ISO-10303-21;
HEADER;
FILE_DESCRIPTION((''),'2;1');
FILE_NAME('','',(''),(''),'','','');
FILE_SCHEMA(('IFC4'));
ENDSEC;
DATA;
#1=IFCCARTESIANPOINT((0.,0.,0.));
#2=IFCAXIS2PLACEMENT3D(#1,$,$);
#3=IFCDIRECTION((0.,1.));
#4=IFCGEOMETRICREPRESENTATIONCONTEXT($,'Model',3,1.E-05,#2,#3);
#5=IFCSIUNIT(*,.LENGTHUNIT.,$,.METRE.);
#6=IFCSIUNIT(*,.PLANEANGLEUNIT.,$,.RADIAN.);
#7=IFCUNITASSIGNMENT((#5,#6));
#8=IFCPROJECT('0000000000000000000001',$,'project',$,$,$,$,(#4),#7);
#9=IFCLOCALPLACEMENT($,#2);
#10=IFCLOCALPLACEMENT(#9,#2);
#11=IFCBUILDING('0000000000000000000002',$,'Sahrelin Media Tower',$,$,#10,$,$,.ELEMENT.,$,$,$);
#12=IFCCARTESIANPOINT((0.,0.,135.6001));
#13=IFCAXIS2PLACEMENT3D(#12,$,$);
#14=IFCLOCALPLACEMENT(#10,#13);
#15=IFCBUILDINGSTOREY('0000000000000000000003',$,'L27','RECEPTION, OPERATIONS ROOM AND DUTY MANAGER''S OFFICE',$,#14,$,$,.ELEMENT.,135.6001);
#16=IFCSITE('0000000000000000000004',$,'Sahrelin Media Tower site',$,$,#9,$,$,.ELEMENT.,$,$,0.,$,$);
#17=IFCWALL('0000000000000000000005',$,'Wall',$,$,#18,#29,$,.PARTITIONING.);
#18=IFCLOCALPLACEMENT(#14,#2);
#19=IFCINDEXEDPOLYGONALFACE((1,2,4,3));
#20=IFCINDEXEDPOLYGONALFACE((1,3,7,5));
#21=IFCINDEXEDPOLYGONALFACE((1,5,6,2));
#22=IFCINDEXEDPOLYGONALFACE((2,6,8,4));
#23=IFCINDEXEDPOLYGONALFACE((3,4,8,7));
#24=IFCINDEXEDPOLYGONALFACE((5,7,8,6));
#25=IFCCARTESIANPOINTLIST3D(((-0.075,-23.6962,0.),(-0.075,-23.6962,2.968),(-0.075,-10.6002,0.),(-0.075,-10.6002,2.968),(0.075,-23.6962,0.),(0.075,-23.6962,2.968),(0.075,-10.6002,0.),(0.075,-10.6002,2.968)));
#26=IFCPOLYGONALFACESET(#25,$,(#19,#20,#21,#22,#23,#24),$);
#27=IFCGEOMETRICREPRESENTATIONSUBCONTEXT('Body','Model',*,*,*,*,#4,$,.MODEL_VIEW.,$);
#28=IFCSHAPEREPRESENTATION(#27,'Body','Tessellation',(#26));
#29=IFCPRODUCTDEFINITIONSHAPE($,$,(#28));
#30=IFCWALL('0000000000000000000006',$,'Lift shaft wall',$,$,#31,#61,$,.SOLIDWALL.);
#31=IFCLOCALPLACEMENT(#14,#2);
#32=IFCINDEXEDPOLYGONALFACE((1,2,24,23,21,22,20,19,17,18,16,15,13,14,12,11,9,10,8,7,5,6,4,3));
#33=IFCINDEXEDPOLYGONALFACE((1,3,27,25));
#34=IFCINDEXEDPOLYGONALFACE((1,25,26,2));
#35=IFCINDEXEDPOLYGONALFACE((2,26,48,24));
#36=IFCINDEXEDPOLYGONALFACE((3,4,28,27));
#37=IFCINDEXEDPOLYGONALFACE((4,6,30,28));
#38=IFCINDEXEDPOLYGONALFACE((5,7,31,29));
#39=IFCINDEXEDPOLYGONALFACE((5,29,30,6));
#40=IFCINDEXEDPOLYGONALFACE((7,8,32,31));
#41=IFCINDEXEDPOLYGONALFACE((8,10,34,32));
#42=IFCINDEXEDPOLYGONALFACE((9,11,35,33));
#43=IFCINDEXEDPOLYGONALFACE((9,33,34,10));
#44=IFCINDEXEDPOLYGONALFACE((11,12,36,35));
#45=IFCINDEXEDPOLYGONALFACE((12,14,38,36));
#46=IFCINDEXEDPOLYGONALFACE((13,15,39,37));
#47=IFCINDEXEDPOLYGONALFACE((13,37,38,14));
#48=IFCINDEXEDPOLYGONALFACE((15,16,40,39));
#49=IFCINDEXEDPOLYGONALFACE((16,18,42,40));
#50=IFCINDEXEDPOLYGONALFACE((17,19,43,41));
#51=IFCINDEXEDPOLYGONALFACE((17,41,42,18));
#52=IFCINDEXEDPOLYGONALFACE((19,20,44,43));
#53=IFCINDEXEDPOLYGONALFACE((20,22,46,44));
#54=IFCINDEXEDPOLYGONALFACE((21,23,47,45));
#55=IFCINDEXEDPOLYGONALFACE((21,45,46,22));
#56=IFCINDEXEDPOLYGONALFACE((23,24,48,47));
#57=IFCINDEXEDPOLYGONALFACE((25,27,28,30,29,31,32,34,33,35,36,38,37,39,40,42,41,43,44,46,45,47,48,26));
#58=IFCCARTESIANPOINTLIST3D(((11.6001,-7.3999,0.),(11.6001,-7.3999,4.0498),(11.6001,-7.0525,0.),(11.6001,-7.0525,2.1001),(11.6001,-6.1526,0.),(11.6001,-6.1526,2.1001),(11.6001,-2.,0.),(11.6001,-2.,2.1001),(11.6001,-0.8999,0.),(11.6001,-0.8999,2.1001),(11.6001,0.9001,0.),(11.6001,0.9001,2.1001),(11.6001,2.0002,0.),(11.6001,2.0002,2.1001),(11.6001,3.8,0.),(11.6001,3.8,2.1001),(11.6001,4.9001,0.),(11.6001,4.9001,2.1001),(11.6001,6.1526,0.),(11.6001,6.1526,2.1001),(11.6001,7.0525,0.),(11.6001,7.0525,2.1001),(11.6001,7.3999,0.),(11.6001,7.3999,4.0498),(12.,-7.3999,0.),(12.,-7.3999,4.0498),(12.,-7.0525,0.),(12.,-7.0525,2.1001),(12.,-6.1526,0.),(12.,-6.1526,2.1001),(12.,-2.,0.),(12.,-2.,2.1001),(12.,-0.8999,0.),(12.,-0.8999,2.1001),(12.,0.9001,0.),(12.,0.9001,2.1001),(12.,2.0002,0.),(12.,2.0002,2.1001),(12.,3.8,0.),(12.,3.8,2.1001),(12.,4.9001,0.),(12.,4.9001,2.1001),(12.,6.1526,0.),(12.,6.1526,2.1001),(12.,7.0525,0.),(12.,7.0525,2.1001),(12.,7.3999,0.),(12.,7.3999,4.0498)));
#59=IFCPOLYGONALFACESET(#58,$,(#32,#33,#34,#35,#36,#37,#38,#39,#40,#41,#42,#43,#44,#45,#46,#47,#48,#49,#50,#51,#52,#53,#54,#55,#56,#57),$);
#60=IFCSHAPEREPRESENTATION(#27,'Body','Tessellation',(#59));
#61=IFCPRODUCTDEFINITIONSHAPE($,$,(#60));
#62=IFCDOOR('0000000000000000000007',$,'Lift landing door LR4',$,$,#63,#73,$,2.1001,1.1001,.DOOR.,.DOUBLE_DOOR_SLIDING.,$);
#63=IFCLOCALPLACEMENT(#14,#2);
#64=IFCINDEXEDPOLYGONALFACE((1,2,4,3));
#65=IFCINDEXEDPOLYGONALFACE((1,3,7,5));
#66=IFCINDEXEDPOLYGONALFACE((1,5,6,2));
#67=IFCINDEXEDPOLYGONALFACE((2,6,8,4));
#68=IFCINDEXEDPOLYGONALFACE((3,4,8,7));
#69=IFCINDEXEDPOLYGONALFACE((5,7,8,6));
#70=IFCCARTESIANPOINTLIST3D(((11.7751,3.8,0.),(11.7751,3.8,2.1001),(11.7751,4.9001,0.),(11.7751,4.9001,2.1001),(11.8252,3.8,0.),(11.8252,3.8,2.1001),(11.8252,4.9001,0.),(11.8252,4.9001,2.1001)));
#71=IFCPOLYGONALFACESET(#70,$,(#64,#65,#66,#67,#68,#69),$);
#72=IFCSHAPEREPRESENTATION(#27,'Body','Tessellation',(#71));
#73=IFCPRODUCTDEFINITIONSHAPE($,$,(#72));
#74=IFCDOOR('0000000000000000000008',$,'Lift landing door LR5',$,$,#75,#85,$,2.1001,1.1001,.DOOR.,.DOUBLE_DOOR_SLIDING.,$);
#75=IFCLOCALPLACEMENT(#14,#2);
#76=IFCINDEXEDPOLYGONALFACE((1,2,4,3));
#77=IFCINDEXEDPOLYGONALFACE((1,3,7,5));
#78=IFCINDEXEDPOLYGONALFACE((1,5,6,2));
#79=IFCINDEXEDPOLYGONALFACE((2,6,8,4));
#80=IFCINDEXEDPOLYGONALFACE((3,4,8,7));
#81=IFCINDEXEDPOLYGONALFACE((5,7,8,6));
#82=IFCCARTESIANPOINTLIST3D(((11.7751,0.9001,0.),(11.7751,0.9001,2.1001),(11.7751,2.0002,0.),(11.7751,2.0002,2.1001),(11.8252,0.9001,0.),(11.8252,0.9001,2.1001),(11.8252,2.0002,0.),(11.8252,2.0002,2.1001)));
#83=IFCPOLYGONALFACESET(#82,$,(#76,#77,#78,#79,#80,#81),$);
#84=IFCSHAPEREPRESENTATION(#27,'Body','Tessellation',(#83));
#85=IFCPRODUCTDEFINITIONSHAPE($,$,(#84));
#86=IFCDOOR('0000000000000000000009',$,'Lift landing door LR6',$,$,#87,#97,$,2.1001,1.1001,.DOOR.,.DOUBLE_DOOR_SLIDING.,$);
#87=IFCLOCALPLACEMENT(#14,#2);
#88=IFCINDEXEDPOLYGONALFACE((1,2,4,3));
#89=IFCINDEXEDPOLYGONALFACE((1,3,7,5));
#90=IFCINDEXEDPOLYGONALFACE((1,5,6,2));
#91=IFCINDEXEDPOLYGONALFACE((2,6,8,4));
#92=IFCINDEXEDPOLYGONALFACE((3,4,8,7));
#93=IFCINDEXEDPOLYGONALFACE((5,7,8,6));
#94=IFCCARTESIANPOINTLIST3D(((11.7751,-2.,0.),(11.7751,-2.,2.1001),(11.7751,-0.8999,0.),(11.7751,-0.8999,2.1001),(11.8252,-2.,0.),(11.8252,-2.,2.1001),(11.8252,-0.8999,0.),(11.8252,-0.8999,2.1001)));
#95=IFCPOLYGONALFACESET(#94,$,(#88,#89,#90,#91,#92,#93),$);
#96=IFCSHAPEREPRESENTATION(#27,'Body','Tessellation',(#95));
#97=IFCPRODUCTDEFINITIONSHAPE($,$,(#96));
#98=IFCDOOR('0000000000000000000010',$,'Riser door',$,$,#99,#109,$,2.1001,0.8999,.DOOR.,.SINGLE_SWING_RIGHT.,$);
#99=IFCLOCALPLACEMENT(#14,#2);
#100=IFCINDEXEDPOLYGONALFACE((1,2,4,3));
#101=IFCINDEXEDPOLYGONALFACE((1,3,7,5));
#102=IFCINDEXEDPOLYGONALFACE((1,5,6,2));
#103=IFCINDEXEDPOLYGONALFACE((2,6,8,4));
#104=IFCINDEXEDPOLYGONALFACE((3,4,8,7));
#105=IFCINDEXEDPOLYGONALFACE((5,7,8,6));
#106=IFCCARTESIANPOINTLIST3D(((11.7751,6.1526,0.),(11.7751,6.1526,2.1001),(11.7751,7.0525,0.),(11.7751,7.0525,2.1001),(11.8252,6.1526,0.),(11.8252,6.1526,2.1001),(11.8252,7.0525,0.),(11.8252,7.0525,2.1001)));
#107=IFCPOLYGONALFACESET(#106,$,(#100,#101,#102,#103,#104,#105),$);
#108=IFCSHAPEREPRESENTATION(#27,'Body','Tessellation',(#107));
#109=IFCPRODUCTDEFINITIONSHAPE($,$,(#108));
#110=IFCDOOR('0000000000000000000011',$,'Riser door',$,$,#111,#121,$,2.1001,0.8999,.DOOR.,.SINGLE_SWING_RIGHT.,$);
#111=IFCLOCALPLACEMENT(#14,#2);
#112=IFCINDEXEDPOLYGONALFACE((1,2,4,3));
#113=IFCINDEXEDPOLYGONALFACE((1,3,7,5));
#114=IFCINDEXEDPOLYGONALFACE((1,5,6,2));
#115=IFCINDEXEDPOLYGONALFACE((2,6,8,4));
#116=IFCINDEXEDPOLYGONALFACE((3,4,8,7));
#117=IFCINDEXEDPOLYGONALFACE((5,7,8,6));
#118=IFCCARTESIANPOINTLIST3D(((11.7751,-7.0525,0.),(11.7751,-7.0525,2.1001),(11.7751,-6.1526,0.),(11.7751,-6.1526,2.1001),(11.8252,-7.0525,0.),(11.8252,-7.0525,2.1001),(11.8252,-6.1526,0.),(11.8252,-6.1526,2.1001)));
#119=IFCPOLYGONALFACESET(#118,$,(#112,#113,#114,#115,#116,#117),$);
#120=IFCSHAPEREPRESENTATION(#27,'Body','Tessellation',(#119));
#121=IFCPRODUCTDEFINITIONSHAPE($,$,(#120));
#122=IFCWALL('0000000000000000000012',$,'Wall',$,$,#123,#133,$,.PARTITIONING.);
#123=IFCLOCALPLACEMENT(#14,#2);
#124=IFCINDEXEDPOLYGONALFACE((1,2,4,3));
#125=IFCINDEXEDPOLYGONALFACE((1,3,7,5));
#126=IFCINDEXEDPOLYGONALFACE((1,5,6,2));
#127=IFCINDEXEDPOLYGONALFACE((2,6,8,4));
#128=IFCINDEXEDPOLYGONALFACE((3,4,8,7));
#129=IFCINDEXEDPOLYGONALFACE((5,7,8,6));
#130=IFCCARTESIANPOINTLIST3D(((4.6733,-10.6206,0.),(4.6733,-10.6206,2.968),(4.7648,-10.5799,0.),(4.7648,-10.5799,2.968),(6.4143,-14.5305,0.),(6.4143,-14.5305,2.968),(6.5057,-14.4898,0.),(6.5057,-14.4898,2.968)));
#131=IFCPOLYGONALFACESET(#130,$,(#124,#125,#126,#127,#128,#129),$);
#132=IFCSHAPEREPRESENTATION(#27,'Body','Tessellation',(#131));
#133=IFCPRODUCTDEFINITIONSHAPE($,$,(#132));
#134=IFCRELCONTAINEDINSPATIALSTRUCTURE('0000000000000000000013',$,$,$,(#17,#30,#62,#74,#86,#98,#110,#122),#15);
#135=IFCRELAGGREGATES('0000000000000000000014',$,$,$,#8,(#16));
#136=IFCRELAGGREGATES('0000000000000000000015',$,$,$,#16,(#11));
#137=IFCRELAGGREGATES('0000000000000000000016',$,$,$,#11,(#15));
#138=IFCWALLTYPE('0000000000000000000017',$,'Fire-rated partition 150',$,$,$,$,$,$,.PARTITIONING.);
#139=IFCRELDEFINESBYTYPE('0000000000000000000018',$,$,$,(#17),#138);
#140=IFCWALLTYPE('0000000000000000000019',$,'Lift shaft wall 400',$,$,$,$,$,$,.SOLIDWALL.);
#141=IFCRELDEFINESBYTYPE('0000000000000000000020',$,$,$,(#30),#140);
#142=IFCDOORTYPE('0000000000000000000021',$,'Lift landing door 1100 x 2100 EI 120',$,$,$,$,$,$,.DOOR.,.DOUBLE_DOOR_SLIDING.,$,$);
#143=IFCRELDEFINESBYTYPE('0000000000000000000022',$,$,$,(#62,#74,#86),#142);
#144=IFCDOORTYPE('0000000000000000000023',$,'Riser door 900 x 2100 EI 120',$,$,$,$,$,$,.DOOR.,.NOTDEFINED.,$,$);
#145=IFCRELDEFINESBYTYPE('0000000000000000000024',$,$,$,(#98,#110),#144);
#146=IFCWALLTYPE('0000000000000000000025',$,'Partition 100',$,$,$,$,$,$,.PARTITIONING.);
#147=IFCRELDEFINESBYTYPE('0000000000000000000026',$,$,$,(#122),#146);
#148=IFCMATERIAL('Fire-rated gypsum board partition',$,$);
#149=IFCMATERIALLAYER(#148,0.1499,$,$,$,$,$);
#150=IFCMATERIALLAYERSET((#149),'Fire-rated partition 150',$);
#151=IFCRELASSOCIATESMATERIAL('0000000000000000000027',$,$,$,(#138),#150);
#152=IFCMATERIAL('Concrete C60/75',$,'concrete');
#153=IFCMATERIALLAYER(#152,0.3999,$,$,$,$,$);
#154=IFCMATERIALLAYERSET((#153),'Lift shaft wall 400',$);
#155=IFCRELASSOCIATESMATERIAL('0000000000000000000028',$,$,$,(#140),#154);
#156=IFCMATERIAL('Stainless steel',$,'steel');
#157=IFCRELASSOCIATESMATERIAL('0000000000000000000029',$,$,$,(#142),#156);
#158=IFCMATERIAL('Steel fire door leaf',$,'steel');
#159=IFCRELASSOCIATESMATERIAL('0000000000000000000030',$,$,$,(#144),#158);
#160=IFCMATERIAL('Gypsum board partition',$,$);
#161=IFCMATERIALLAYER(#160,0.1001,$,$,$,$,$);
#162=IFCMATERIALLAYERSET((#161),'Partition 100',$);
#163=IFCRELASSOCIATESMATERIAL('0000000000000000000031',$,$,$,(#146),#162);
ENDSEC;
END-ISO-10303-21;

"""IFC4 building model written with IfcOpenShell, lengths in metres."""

from ifc_helpers import new_model, si_unit, direction, frame, frame_2d, origin, place, context, subcontext, project, spatial, rectangle, extrude, material, layer, layer_set, type_object, element, fill, save


model = new_model("IFC4")

# Units and contexts
model_context = context("Model", 3, precision=1e-05, world=origin(), true_north=direction((0.0, 1.0)))
body_context = subcontext(model_context, "Body", "Model", "MODEL_VIEW")
ifc_project = project(units=[si_unit("LENGTHUNIT", "METRE"), si_unit("PLANEANGLEUNIT", "RADIAN")], contexts=[model_context])

# Site, building, storey
site_placement = place(None, origin())
site = spatial("IfcSite", under=ifc_project, at=site_placement, Name="Sahrelin Media Tower site", CompositionType="ELEMENT", RefElevation=0.0)
building_placement = place(site_placement, origin())
building = spatial("IfcBuilding", under=site, at=building_placement, Name="Sahrelin Media Tower", CompositionType="ELEMENT")
storey_placement = place(building_placement, frame((0.0, 0.0, 135.6001)))
storey = spatial("IfcBuildingStorey", under=building, at=storey_placement, Name="L27", Description="RECEPTION, OPERATIONS ROOM AND DUTY MANAGER'S OFFICE", CompositionType="ELEMENT", Elevation=135.6001)

# Wall
ifc_material_1 = material(Name="Fire-rated gypsum board partition")
ifc_layer_1 = layer(ifc_material_1, 0.1499)
ifc_layer_set_1 = layer_set([ifc_layer_1], Name="Fire-rated partition 150")
wall_type_1 = type_object("IfcWallType", Name="Fire-rated partition 150", PredefinedType="PARTITIONING", material=ifc_layer_set_1)
wall_1_placement = place(storey_placement, frame((0.0, -23.696, 0.0), z_axis=(0.0, 0.0, 1.0), x_axis=(0.0, 1.0, 0.0)))
element("IfcWall", 1, at=wall_1_placement, inside=storey, type_object=wall_type_1, Name="Wall", PredefinedType="PARTITIONING", context=body_context, shape_type="SweptSolid", body=[
    extrude(rectangle(XDim=13.0959, YDim=0.1499, at=frame_2d((6.5479, 0.0))), origin(), (0.0, 0.0, 1.0), 2.968),
])

# Wall, openings, doors
ifc_material_2 = material(Name="Concrete C60/75", Category="concrete")
ifc_layer_2 = layer(ifc_material_2, 0.3999)
ifc_layer_set_2 = layer_set([ifc_layer_2], Name="Lift shaft wall 400")
wall_type_2 = type_object("IfcWallType", Name="Lift shaft wall 400", PredefinedType="SOLIDWALL", material=ifc_layer_set_2)
wall_2_placement = place(storey_placement, frame((11.8, -7.3999, 0.0), z_axis=(0.0, 0.0, 1.0), x_axis=(0.0, 1.0, 0.0)))
wall_2 = element("IfcWall", 2, at=wall_2_placement, inside=storey, type_object=wall_type_2, Name="Lift shaft wall", PredefinedType="SOLIDWALL", context=body_context, shape_type="SweptSolid", body=[
    extrude(rectangle(XDim=14.7998, YDim=0.3999, at=frame_2d((7.3999, 0.0))), origin(), (0.0, 0.0, 1.0), 4.0498),
])
opening_1_placement = place(wall_2_placement, frame((11.2, 0.0, 0.0)))
opening_1 = element("IfcOpeningElement", 3, at=opening_1_placement, cuts=wall_2, PredefinedType="OPENING", context=body_context, shape_type="SweptSolid", body=[
    extrude(rectangle(XDim=1.1001, YDim=2.1001, at=frame_2d((0.55, 1.05))), frame((0.0, 0.2, 0.0), z_axis=(0.0, -1.0, 0.0), x_axis=(1.0, 0.0, 0.0)), (0.0, 0.0, 1.0), 0.3999),
])
opening_2_placement = place(wall_2_placement, frame((8.3, 0.0, 0.0)))
opening_2 = element("IfcOpeningElement", 4, at=opening_2_placement, cuts=wall_2, PredefinedType="OPENING", context=body_context, shape_type="SweptSolid", body=[
    extrude(rectangle(XDim=1.1001, YDim=2.1001, at=frame_2d((0.55, 1.05))), frame((0.0, 0.2, 0.0), z_axis=(0.0, -1.0, 0.0), x_axis=(1.0, 0.0, 0.0)), (0.0, 0.0, 1.0), 0.3999),
])
opening_3_placement = place(wall_2_placement, frame((5.3999, 0.0, 0.0)))
opening_3 = element("IfcOpeningElement", 5, at=opening_3_placement, cuts=wall_2, PredefinedType="OPENING", context=body_context, shape_type="SweptSolid", body=[
    extrude(rectangle(XDim=1.1001, YDim=2.1001, at=frame_2d((0.55, 1.05))), frame((0.0, 0.2, 0.0), z_axis=(0.0, -1.0, 0.0), x_axis=(1.0, 0.0, 0.0)), (0.0, 0.0, 1.0), 0.3999),
])
opening_4_placement = place(wall_2_placement, frame((13.5525, 0.0, 0.0)))
opening_4 = element("IfcOpeningElement", 6, at=opening_4_placement, cuts=wall_2, PredefinedType="OPENING", context=body_context, shape_type="SweptSolid", body=[
    extrude(rectangle(XDim=0.8999, YDim=2.1001, at=frame_2d((0.45, 1.05))), frame((0.0, 0.2, 0.0), z_axis=(0.0, -1.0, 0.0), x_axis=(1.0, 0.0, 0.0)), (0.0, 0.0, 1.0), 0.3999),
])
opening_5_placement = place(wall_2_placement, frame((0.3474, 0.0, 0.0)))
opening_5 = element("IfcOpeningElement", 7, at=opening_5_placement, cuts=wall_2, PredefinedType="OPENING", context=body_context, shape_type="SweptSolid", body=[
    extrude(rectangle(XDim=0.8999, YDim=2.1001, at=frame_2d((0.45, 1.05))), frame((0.0, 0.2, 0.0), z_axis=(0.0, -1.0, 0.0), x_axis=(1.0, 0.0, 0.0)), (0.0, 0.0, 1.0), 0.3999),
])
ifc_material_3 = material(Name="Stainless steel", Category="steel")
door_type_1 = type_object("IfcDoorType", Name="Lift landing door 1100 x 2100 EI 120", OperationType="DOUBLE_DOOR_SLIDING", PredefinedType="DOOR", material=ifc_material_3)
door_1_placement = place(opening_1_placement, origin())
door_1 = element("IfcDoor", 8, at=door_1_placement, inside=storey, type_object=door_type_1, Name="Lift landing door LR4", OperationType="DOUBLE_DOOR_SLIDING", OverallHeight=2.1001, OverallWidth=1.1001, PredefinedType="DOOR", context=body_context, shape_type="SweptSolid", body=[
    extrude(rectangle(XDim=1.1001, YDim=2.1001, at=frame_2d((0.55, 1.05))), frame((0.0, 0.0249, 0.0), z_axis=(0.0, -1.0, 0.0), x_axis=(1.0, 0.0, 0.0)), (0.0, 0.0, 1.0), 0.05),
])
fill(opening_1, door_1)
door_2_placement = place(opening_2_placement, origin())
door_2 = element("IfcDoor", 9, at=door_2_placement, inside=storey, type_object=door_type_1, Name="Lift landing door LR5", OperationType="DOUBLE_DOOR_SLIDING", OverallHeight=2.1001, OverallWidth=1.1001, PredefinedType="DOOR", context=body_context, shape_type="SweptSolid", body=[
    extrude(rectangle(XDim=1.1001, YDim=2.1001, at=frame_2d((0.55, 1.05))), frame((0.0, 0.0249, 0.0), z_axis=(0.0, -1.0, 0.0), x_axis=(1.0, 0.0, 0.0)), (0.0, 0.0, 1.0), 0.05),
])
fill(opening_2, door_2)
door_3_placement = place(opening_3_placement, origin())
door_3 = element("IfcDoor", 10, at=door_3_placement, inside=storey, type_object=door_type_1, Name="Lift landing door LR6", OperationType="DOUBLE_DOOR_SLIDING", OverallHeight=2.1001, OverallWidth=1.1001, PredefinedType="DOOR", context=body_context, shape_type="SweptSolid", body=[
    extrude(rectangle(XDim=1.1001, YDim=2.1001, at=frame_2d((0.55, 1.05))), frame((0.0, 0.0249, 0.0), z_axis=(0.0, -1.0, 0.0), x_axis=(1.0, 0.0, 0.0)), (0.0, 0.0, 1.0), 0.05),
])
fill(opening_3, door_3)
ifc_material_4 = material(Name="Steel fire door leaf", Category="steel")
door_type_2 = type_object("IfcDoorType", Name="Riser door 900 x 2100 EI 120", OperationType="NOTDEFINED", PredefinedType="DOOR", material=ifc_material_4)
door_4_placement = place(opening_4_placement, origin())
door_4 = element("IfcDoor", 11, at=door_4_placement, inside=storey, type_object=door_type_2, Name="Riser door", OperationType="SINGLE_SWING_RIGHT", OverallHeight=2.1001, OverallWidth=0.8999, PredefinedType="DOOR", context=body_context, shape_type="SweptSolid", body=[
    extrude(rectangle(XDim=0.8999, YDim=2.1001, at=frame_2d((0.45, 1.05))), frame((0.0, 0.0249, 0.0), z_axis=(0.0, -1.0, 0.0), x_axis=(1.0, 0.0, 0.0)), (0.0, 0.0, 1.0), 0.05),
])
fill(opening_4, door_4)
door_5_placement = place(opening_5_placement, origin())
door_5 = element("IfcDoor", 12, at=door_5_placement, inside=storey, type_object=door_type_2, Name="Riser door", OperationType="SINGLE_SWING_RIGHT", OverallHeight=2.1001, OverallWidth=0.8999, PredefinedType="DOOR", context=body_context, shape_type="SweptSolid", body=[
    extrude(rectangle(XDim=0.8999, YDim=2.1001, at=frame_2d((0.45, 1.05))), frame((0.0, 0.0249, 0.0), z_axis=(0.0, -1.0, 0.0), x_axis=(1.0, 0.0, 0.0)), (0.0, 0.0, 1.0), 0.05),
])
fill(opening_5, door_5)

# Wall
ifc_material_5 = material(Name="Gypsum board partition")
ifc_layer_3 = layer(ifc_material_5, 0.1001)
ifc_layer_set_3 = layer_set([ifc_layer_3], Name="Partition 100")
wall_type_3 = type_object("IfcWallType", Name="Partition 100", PredefinedType="PARTITIONING", material=ifc_layer_set_3)
wall_3_placement = place(storey_placement, frame((4.719, -10.6001, 0.0), z_axis=(0.0, 0.0, 1.0), x_axis=(0.406768, -0.913531, 0.0)))
element("IfcWall", 13, at=wall_3_placement, inside=storey, type_object=wall_type_3, Name="Wall", PredefinedType="PARTITIONING", context=body_context, shape_type="SweptSolid", body=[
    extrude(rectangle(XDim=4.28, YDim=0.1001, at=frame_2d((2.1401, 0.0))), origin(), (0.0, 0.0, 1.0), 2.968),
])

save(model, "model.ifc")
